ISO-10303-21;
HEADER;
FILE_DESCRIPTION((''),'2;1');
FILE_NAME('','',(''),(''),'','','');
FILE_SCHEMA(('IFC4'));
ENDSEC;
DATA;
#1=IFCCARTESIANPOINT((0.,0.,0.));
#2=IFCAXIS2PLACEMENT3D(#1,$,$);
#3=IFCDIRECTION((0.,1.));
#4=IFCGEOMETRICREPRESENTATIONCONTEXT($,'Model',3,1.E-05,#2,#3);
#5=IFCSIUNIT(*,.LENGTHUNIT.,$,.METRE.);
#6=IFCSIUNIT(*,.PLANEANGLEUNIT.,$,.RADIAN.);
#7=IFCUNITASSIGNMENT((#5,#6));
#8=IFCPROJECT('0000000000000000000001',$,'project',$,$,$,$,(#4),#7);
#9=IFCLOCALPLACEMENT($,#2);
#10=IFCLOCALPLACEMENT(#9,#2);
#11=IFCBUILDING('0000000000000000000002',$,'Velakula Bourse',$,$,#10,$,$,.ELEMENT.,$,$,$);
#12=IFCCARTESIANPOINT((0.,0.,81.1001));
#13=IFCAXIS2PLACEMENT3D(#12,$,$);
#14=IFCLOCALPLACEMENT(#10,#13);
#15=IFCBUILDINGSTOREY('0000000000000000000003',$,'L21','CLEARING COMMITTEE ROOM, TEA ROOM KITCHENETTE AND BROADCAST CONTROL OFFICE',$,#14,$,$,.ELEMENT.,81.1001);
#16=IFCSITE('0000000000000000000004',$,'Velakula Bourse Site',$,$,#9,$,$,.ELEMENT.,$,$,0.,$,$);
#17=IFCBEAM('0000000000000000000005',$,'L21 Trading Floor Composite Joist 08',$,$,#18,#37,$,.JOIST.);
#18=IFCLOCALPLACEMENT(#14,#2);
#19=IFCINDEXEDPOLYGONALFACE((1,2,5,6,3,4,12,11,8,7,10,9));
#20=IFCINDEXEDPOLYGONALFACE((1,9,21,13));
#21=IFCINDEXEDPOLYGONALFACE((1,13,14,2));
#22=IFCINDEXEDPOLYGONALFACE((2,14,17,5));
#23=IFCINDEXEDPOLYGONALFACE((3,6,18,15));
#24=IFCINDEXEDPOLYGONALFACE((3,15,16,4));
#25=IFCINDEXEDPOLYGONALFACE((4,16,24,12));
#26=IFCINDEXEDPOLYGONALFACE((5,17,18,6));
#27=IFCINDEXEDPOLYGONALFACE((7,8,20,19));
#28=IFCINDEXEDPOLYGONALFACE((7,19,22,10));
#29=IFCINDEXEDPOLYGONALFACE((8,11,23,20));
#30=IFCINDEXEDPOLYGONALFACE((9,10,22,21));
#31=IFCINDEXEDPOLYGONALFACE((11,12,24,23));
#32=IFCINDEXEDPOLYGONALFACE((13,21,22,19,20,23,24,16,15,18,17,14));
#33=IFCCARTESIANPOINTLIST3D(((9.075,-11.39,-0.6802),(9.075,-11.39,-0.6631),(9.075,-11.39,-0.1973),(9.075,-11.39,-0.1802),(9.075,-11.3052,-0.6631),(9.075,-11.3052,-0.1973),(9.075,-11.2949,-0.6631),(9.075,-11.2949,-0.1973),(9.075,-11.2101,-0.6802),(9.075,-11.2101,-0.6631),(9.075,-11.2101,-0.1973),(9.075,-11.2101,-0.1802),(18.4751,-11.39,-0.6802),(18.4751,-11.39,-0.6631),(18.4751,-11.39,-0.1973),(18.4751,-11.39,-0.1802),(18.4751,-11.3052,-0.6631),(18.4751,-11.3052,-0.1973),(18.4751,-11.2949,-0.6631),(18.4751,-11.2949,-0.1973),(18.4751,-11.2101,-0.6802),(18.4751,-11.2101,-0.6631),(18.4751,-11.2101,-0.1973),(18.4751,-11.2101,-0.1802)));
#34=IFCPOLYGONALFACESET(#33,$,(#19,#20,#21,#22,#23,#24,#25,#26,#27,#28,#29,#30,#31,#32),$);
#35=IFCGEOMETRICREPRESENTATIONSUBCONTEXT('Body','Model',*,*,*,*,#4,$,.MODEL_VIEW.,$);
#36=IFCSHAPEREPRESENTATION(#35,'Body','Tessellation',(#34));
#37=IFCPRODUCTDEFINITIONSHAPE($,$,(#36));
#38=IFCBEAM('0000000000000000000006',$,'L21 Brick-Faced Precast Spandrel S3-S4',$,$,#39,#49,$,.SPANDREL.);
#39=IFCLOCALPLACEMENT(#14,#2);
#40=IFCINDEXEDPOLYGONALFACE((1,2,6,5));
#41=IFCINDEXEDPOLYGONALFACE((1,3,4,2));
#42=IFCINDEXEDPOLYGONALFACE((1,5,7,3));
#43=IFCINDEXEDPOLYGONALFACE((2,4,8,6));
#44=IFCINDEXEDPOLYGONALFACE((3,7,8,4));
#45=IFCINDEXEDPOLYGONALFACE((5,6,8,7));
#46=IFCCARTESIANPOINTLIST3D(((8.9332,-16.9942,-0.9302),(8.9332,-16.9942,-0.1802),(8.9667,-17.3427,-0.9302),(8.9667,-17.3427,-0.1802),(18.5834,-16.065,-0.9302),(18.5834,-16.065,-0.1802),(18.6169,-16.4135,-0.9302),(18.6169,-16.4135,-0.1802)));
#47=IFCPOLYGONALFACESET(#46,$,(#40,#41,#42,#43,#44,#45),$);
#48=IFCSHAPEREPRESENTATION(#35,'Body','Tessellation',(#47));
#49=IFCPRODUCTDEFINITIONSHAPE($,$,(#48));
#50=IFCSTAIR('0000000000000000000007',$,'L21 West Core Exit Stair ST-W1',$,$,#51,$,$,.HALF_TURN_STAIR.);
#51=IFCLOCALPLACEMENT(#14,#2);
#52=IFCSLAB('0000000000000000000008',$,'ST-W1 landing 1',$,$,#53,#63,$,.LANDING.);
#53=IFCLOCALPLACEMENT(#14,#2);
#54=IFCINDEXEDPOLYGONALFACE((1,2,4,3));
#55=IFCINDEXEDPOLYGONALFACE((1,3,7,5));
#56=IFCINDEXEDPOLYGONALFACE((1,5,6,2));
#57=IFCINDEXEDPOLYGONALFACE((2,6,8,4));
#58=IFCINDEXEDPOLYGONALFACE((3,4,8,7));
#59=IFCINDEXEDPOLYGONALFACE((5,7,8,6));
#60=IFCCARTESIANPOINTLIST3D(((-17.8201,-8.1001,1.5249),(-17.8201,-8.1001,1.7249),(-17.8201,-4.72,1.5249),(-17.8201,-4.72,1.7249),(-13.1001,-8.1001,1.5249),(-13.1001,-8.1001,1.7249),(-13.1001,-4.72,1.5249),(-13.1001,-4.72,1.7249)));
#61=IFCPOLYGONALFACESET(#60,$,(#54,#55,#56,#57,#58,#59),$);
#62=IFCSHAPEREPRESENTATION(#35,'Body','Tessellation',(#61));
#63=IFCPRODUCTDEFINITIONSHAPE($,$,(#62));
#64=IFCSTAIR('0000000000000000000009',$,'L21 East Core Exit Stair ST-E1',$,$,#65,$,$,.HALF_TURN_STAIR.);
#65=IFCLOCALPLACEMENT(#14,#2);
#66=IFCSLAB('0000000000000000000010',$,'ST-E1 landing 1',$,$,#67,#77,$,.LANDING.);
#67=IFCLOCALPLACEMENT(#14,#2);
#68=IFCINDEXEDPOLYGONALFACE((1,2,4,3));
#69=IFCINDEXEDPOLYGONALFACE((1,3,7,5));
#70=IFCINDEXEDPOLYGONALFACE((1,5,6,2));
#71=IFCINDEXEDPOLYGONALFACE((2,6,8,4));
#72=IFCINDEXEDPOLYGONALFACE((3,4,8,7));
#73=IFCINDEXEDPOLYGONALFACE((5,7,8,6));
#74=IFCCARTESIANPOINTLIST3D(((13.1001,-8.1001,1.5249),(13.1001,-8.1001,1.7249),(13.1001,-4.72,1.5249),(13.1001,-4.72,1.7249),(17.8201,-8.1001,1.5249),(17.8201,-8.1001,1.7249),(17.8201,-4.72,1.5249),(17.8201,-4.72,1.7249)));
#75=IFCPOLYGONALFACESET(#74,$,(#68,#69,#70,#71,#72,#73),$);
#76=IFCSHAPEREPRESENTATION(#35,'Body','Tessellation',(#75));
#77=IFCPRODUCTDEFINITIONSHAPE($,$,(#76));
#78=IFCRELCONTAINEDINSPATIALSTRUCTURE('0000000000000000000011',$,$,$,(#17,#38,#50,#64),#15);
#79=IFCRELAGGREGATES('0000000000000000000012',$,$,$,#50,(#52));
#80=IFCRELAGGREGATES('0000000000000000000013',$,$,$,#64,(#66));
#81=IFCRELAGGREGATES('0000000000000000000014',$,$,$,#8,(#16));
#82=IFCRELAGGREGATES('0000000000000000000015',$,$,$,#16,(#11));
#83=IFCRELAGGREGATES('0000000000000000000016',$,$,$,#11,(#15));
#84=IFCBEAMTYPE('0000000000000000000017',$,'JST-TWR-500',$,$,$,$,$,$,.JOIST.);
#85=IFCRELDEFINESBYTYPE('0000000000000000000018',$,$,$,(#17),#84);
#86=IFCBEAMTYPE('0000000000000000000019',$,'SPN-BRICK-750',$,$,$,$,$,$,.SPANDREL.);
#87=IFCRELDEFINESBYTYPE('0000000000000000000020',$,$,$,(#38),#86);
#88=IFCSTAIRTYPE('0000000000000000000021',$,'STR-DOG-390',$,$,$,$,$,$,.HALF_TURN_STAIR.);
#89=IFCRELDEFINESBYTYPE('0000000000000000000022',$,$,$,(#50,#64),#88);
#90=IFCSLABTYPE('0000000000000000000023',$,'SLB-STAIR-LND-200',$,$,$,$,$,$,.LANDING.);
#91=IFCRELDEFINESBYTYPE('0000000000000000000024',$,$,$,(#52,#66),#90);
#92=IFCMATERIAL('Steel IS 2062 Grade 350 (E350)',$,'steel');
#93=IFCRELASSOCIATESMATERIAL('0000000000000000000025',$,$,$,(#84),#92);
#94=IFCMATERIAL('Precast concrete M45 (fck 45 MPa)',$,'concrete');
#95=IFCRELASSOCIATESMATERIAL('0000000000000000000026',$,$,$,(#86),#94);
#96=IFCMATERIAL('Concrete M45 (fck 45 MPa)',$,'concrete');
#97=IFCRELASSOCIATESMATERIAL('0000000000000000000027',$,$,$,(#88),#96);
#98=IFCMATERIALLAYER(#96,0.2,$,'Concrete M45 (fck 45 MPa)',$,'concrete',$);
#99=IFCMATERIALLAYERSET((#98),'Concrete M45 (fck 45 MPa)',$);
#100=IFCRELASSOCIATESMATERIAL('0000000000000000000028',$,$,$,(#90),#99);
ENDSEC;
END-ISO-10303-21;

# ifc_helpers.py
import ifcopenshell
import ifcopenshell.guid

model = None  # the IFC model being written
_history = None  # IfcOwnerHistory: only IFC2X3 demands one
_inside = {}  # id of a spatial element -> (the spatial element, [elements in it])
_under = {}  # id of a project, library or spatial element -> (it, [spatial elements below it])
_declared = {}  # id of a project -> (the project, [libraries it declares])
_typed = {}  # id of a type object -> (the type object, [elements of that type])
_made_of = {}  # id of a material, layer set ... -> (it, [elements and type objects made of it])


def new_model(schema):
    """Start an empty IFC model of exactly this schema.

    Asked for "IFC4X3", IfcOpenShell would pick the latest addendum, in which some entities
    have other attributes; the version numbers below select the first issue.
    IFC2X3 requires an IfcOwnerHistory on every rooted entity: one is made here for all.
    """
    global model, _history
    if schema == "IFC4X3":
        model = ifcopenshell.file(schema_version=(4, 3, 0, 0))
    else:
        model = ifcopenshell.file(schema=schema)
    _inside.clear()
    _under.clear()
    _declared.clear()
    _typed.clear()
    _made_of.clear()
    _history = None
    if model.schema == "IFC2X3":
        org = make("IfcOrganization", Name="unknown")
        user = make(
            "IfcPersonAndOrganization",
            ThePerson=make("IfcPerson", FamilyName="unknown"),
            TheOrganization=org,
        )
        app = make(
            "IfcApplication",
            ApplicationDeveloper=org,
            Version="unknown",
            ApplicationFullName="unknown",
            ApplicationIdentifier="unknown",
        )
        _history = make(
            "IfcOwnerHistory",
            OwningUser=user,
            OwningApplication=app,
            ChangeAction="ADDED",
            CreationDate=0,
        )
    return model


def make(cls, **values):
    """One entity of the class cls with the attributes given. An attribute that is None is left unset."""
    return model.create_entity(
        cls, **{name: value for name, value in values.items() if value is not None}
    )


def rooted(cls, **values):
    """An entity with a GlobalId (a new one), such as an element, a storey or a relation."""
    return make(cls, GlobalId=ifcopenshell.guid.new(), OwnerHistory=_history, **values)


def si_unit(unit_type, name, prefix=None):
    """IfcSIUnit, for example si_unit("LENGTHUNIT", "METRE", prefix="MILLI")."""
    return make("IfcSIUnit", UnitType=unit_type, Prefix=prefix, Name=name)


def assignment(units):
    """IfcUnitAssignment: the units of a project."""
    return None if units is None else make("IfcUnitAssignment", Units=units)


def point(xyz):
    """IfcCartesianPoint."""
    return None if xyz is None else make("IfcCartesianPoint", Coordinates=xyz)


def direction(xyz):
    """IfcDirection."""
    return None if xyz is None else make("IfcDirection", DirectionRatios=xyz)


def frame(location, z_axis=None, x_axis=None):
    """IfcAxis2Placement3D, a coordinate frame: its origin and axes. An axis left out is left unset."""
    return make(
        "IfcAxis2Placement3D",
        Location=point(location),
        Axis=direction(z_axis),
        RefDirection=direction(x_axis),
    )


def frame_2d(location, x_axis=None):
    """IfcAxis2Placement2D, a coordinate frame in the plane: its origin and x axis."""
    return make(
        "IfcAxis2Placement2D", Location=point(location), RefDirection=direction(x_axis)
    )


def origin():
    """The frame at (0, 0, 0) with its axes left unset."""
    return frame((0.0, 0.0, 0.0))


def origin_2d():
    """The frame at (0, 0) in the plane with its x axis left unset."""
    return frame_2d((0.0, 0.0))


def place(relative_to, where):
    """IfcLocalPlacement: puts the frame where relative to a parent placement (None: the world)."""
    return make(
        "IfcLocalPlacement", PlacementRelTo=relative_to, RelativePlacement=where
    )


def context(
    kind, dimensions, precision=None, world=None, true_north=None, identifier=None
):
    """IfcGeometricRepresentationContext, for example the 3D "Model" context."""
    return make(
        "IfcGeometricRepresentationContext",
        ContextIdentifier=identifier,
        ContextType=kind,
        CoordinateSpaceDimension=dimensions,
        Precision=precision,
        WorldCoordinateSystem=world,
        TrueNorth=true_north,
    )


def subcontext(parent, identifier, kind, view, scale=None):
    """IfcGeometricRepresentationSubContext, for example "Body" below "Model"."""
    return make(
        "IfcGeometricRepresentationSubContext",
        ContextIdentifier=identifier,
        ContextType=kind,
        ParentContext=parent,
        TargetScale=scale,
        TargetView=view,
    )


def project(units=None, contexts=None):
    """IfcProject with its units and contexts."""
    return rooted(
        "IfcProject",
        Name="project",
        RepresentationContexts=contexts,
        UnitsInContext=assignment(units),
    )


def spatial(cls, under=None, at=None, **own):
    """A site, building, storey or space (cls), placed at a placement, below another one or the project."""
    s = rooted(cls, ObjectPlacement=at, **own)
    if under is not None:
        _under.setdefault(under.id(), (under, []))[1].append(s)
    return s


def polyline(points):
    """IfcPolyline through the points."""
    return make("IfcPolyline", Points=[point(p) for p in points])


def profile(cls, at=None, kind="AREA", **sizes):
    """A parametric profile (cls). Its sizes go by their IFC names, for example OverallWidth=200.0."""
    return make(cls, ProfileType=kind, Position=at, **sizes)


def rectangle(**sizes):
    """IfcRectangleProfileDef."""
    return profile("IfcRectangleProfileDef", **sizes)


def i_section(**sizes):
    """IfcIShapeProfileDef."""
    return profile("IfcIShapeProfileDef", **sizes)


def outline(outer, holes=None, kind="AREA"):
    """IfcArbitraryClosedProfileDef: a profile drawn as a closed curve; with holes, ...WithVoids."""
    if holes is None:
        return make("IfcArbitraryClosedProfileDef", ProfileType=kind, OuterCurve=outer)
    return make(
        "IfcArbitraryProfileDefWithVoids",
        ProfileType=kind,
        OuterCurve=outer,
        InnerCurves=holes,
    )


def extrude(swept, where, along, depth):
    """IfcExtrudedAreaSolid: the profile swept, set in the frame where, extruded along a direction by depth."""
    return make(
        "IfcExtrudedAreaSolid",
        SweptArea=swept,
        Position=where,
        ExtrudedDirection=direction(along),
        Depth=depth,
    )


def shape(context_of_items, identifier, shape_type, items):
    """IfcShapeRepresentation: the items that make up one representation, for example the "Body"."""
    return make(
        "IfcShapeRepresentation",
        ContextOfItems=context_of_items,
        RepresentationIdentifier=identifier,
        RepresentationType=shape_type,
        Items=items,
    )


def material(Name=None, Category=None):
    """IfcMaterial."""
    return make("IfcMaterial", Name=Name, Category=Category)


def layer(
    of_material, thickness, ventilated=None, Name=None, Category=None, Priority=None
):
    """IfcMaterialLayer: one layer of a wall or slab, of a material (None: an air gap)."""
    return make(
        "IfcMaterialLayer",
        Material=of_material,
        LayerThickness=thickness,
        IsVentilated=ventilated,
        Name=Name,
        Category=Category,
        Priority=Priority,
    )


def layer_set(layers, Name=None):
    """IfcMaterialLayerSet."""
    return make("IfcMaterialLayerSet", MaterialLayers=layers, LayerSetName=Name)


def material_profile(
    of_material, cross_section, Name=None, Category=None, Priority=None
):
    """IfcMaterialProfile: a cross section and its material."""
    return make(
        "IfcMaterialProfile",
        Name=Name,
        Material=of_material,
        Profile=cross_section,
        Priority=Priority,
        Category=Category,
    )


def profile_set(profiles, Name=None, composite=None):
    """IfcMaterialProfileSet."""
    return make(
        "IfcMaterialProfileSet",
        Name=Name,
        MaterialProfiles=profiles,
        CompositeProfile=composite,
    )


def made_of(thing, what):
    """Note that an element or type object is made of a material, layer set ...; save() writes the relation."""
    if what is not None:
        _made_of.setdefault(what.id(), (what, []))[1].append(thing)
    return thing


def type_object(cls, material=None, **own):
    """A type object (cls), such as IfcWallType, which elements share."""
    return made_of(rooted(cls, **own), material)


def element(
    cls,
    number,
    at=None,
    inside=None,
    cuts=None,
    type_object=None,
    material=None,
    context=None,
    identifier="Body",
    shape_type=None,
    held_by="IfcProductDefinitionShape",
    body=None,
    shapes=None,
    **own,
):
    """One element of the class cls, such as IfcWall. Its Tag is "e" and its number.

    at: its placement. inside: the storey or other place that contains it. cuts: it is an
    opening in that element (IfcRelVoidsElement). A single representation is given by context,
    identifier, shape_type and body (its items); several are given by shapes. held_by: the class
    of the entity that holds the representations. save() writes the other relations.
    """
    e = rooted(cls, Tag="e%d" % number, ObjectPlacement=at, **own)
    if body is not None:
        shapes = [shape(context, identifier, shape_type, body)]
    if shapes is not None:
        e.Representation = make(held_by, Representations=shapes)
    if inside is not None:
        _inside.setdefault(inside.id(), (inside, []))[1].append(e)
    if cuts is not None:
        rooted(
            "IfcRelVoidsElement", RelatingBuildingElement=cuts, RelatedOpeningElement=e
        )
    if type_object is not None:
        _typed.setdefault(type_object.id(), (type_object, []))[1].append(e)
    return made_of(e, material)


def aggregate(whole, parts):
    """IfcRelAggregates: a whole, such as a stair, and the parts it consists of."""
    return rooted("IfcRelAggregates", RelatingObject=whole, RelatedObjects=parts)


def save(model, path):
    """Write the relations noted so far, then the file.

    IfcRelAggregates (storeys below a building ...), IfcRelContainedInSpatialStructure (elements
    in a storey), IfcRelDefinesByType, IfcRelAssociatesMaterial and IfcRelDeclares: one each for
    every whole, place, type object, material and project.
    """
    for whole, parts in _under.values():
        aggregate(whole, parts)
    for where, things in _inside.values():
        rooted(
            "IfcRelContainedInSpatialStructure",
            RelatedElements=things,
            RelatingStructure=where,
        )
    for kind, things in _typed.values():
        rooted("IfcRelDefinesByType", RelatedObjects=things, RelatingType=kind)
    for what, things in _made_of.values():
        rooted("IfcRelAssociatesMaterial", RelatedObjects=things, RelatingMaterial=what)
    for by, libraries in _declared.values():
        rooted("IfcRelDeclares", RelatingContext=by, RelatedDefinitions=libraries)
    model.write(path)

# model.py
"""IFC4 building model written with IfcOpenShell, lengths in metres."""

from ifc_helpers import new_model, si_unit, direction, frame, origin, origin_2d, place, context, subcontext, project, spatial, polyline, rectangle, i_section, outline, extrude, material, layer, layer_set, material_profile, profile_set, type_object, element, aggregate, save


model = new_model("IFC4")

# Units and contexts
model_context = context("Model", 3, precision=1e-05, world=origin(), true_north=direction((0.0, 1.0)))
body_context = subcontext(model_context, "Body", "Model", "MODEL_VIEW")
ifc_project = project(units=[si_unit("LENGTHUNIT", "METRE"), si_unit("PLANEANGLEUNIT", "RADIAN")], contexts=[model_context])

# Site, building, storey
site_placement = place(None, origin())
site = spatial("IfcSite", under=ifc_project, at=site_placement, Name="Velakula Bourse Site", CompositionType="ELEMENT", RefElevation=0.0)
building_placement = place(site_placement, origin())
building = spatial("IfcBuilding", under=site, at=building_placement, Name="Velakula Bourse", CompositionType="ELEMENT")
storey_placement = place(building_placement, frame((0.0, 0.0, 81.1001)))
storey = spatial("IfcBuildingStorey", under=building, at=storey_placement, Name="L21", Description="CLEARING COMMITTEE ROOM, TEA ROOM KITCHENETTE AND BROADCAST CONTROL OFFICE", CompositionType="ELEMENT", Elevation=81.1001)

# Beams
ifc_material_1 = material(Name="Steel IS 2062 Grade 350 (E350)", Category="steel")
ifc_material_profile_1 = material_profile(ifc_material_1, i_section(OverallWidth=0.1799, OverallDepth=0.5, WebThickness=0.0103, FlangeThickness=0.0171, at=origin_2d()), Name="Steel IS 2062 Grade 350 (E350)")
ifc_profile_set_1 = profile_set([ifc_material_profile_1], Name="Steel IS 2062 Grade 350 (E350)")
beam_type_1 = type_object("IfcBeamType", Name="JST-TWR-500", PredefinedType="JOIST", material=ifc_profile_set_1)
beam_1_placement = place(storey_placement, frame((9.075, -11.3, -0.4302), z_axis=(1.0, 0.0, 0.0), x_axis=(0.0, 1.0, 0.0)))
element("IfcBeam", 1, at=beam_1_placement, inside=storey, type_object=beam_type_1, Name="L21 Trading Floor Composite Joist 08", PredefinedType="JOIST", context=body_context, shape_type="SweptSolid", body=[
    extrude(i_section(OverallWidth=0.1799, OverallDepth=0.5, WebThickness=0.0103, FlangeThickness=0.0171, at=origin_2d()), origin(), (0.0, 0.0, 1.0), 9.4001),
])
ifc_material_2 = material(Name="Precast concrete M45 (fck 45 MPa)", Category="concrete")
ifc_material_profile_2 = material_profile(ifc_material_2, rectangle(XDim=0.3501, YDim=0.75, at=origin_2d()), Name="Precast concrete M45 (fck 45 MPa)")
ifc_profile_set_2 = profile_set([ifc_material_profile_2], Name="Precast concrete M45 (fck 45 MPa)")
beam_type_2 = type_object("IfcBeamType", Name="SPN-BRICK-750", PredefinedType="SPANDREL", material=ifc_profile_set_2)
beam_2_placement = place(storey_placement, frame((8.95, -17.1685, -0.5552), z_axis=(0.995396, 0.095845, 0.0), x_axis=(-0.095845, 0.995396, 0.0)))
element("IfcBeam", 2, at=beam_2_placement, inside=storey, type_object=beam_type_2, Name="L21 Brick-Faced Precast Spandrel S3-S4", PredefinedType="SPANDREL", context=body_context, shape_type="SweptSolid", body=[
    extrude(rectangle(XDim=0.3501, YDim=0.75, at=origin_2d()), origin(), (0.0, 0.0, 1.0), 9.6948),
])

# Stairs, slabs
ifc_material_3 = material(Name="Concrete M45 (fck 45 MPa)", Category="concrete")
stair_type = type_object("IfcStairType", Name="STR-DOG-390", PredefinedType="HALF_TURN_STAIR", material=ifc_material_3)
stair_1_placement = place(storey_placement, origin())
stair_1 = element("IfcStair", 3, at=stair_1_placement, inside=storey, type_object=stair_type, Name="L21 West Core Exit Stair ST-W1", PredefinedType="HALF_TURN_STAIR")
ifc_layer_1 = layer(ifc_material_3, 0.2, Name="Concrete M45 (fck 45 MPa)", Category="concrete")
ifc_layer_set_1 = layer_set([ifc_layer_1], Name="Concrete M45 (fck 45 MPa)")
slab_type_1 = type_object("IfcSlabType", Name="SLB-STAIR-LND-200", PredefinedType="LANDING", material=ifc_layer_set_1)
slab_1_placement = place(storey_placement, frame((0.0, 0.0, 1.5249)))
slab_1 = element("IfcSlab", 4, at=slab_1_placement, type_object=slab_type_1, Name="ST-W1 landing 1", PredefinedType="LANDING", context=body_context, shape_type="SweptSolid", body=[
    extrude(outline(polyline([(-17.8201, -4.72), (-17.8201, -8.1001), (-13.1001, -8.1001), (-13.1001, -4.72), (-17.8201, -4.72)])), origin(), (0.0, 0.0, 1.0), 0.2),
])
aggregate(stair_1, [slab_1])
stair_2_placement = place(storey_placement, origin())
stair_2 = element("IfcStair", 5, at=stair_2_placement, inside=storey, type_object=stair_type, Name="L21 East Core Exit Stair ST-E1", PredefinedType="HALF_TURN_STAIR")
slab_2_placement = place(storey_placement, frame((0.0, 0.0, 1.5249)))
slab_2 = element("IfcSlab", 6, at=slab_2_placement, type_object=slab_type_1, Name="ST-E1 landing 1", PredefinedType="LANDING", context=body_context, shape_type="SweptSolid", body=[
    extrude(outline(polyline([(13.1001, -4.72), (13.1001, -8.1001), (17.8201, -8.1001), (17.8201, -4.72), (13.1001, -4.72)])), origin(), (0.0, 0.0, 1.0), 0.2),
])
aggregate(stair_2, [slab_2])

save(model, "model.ifc")
